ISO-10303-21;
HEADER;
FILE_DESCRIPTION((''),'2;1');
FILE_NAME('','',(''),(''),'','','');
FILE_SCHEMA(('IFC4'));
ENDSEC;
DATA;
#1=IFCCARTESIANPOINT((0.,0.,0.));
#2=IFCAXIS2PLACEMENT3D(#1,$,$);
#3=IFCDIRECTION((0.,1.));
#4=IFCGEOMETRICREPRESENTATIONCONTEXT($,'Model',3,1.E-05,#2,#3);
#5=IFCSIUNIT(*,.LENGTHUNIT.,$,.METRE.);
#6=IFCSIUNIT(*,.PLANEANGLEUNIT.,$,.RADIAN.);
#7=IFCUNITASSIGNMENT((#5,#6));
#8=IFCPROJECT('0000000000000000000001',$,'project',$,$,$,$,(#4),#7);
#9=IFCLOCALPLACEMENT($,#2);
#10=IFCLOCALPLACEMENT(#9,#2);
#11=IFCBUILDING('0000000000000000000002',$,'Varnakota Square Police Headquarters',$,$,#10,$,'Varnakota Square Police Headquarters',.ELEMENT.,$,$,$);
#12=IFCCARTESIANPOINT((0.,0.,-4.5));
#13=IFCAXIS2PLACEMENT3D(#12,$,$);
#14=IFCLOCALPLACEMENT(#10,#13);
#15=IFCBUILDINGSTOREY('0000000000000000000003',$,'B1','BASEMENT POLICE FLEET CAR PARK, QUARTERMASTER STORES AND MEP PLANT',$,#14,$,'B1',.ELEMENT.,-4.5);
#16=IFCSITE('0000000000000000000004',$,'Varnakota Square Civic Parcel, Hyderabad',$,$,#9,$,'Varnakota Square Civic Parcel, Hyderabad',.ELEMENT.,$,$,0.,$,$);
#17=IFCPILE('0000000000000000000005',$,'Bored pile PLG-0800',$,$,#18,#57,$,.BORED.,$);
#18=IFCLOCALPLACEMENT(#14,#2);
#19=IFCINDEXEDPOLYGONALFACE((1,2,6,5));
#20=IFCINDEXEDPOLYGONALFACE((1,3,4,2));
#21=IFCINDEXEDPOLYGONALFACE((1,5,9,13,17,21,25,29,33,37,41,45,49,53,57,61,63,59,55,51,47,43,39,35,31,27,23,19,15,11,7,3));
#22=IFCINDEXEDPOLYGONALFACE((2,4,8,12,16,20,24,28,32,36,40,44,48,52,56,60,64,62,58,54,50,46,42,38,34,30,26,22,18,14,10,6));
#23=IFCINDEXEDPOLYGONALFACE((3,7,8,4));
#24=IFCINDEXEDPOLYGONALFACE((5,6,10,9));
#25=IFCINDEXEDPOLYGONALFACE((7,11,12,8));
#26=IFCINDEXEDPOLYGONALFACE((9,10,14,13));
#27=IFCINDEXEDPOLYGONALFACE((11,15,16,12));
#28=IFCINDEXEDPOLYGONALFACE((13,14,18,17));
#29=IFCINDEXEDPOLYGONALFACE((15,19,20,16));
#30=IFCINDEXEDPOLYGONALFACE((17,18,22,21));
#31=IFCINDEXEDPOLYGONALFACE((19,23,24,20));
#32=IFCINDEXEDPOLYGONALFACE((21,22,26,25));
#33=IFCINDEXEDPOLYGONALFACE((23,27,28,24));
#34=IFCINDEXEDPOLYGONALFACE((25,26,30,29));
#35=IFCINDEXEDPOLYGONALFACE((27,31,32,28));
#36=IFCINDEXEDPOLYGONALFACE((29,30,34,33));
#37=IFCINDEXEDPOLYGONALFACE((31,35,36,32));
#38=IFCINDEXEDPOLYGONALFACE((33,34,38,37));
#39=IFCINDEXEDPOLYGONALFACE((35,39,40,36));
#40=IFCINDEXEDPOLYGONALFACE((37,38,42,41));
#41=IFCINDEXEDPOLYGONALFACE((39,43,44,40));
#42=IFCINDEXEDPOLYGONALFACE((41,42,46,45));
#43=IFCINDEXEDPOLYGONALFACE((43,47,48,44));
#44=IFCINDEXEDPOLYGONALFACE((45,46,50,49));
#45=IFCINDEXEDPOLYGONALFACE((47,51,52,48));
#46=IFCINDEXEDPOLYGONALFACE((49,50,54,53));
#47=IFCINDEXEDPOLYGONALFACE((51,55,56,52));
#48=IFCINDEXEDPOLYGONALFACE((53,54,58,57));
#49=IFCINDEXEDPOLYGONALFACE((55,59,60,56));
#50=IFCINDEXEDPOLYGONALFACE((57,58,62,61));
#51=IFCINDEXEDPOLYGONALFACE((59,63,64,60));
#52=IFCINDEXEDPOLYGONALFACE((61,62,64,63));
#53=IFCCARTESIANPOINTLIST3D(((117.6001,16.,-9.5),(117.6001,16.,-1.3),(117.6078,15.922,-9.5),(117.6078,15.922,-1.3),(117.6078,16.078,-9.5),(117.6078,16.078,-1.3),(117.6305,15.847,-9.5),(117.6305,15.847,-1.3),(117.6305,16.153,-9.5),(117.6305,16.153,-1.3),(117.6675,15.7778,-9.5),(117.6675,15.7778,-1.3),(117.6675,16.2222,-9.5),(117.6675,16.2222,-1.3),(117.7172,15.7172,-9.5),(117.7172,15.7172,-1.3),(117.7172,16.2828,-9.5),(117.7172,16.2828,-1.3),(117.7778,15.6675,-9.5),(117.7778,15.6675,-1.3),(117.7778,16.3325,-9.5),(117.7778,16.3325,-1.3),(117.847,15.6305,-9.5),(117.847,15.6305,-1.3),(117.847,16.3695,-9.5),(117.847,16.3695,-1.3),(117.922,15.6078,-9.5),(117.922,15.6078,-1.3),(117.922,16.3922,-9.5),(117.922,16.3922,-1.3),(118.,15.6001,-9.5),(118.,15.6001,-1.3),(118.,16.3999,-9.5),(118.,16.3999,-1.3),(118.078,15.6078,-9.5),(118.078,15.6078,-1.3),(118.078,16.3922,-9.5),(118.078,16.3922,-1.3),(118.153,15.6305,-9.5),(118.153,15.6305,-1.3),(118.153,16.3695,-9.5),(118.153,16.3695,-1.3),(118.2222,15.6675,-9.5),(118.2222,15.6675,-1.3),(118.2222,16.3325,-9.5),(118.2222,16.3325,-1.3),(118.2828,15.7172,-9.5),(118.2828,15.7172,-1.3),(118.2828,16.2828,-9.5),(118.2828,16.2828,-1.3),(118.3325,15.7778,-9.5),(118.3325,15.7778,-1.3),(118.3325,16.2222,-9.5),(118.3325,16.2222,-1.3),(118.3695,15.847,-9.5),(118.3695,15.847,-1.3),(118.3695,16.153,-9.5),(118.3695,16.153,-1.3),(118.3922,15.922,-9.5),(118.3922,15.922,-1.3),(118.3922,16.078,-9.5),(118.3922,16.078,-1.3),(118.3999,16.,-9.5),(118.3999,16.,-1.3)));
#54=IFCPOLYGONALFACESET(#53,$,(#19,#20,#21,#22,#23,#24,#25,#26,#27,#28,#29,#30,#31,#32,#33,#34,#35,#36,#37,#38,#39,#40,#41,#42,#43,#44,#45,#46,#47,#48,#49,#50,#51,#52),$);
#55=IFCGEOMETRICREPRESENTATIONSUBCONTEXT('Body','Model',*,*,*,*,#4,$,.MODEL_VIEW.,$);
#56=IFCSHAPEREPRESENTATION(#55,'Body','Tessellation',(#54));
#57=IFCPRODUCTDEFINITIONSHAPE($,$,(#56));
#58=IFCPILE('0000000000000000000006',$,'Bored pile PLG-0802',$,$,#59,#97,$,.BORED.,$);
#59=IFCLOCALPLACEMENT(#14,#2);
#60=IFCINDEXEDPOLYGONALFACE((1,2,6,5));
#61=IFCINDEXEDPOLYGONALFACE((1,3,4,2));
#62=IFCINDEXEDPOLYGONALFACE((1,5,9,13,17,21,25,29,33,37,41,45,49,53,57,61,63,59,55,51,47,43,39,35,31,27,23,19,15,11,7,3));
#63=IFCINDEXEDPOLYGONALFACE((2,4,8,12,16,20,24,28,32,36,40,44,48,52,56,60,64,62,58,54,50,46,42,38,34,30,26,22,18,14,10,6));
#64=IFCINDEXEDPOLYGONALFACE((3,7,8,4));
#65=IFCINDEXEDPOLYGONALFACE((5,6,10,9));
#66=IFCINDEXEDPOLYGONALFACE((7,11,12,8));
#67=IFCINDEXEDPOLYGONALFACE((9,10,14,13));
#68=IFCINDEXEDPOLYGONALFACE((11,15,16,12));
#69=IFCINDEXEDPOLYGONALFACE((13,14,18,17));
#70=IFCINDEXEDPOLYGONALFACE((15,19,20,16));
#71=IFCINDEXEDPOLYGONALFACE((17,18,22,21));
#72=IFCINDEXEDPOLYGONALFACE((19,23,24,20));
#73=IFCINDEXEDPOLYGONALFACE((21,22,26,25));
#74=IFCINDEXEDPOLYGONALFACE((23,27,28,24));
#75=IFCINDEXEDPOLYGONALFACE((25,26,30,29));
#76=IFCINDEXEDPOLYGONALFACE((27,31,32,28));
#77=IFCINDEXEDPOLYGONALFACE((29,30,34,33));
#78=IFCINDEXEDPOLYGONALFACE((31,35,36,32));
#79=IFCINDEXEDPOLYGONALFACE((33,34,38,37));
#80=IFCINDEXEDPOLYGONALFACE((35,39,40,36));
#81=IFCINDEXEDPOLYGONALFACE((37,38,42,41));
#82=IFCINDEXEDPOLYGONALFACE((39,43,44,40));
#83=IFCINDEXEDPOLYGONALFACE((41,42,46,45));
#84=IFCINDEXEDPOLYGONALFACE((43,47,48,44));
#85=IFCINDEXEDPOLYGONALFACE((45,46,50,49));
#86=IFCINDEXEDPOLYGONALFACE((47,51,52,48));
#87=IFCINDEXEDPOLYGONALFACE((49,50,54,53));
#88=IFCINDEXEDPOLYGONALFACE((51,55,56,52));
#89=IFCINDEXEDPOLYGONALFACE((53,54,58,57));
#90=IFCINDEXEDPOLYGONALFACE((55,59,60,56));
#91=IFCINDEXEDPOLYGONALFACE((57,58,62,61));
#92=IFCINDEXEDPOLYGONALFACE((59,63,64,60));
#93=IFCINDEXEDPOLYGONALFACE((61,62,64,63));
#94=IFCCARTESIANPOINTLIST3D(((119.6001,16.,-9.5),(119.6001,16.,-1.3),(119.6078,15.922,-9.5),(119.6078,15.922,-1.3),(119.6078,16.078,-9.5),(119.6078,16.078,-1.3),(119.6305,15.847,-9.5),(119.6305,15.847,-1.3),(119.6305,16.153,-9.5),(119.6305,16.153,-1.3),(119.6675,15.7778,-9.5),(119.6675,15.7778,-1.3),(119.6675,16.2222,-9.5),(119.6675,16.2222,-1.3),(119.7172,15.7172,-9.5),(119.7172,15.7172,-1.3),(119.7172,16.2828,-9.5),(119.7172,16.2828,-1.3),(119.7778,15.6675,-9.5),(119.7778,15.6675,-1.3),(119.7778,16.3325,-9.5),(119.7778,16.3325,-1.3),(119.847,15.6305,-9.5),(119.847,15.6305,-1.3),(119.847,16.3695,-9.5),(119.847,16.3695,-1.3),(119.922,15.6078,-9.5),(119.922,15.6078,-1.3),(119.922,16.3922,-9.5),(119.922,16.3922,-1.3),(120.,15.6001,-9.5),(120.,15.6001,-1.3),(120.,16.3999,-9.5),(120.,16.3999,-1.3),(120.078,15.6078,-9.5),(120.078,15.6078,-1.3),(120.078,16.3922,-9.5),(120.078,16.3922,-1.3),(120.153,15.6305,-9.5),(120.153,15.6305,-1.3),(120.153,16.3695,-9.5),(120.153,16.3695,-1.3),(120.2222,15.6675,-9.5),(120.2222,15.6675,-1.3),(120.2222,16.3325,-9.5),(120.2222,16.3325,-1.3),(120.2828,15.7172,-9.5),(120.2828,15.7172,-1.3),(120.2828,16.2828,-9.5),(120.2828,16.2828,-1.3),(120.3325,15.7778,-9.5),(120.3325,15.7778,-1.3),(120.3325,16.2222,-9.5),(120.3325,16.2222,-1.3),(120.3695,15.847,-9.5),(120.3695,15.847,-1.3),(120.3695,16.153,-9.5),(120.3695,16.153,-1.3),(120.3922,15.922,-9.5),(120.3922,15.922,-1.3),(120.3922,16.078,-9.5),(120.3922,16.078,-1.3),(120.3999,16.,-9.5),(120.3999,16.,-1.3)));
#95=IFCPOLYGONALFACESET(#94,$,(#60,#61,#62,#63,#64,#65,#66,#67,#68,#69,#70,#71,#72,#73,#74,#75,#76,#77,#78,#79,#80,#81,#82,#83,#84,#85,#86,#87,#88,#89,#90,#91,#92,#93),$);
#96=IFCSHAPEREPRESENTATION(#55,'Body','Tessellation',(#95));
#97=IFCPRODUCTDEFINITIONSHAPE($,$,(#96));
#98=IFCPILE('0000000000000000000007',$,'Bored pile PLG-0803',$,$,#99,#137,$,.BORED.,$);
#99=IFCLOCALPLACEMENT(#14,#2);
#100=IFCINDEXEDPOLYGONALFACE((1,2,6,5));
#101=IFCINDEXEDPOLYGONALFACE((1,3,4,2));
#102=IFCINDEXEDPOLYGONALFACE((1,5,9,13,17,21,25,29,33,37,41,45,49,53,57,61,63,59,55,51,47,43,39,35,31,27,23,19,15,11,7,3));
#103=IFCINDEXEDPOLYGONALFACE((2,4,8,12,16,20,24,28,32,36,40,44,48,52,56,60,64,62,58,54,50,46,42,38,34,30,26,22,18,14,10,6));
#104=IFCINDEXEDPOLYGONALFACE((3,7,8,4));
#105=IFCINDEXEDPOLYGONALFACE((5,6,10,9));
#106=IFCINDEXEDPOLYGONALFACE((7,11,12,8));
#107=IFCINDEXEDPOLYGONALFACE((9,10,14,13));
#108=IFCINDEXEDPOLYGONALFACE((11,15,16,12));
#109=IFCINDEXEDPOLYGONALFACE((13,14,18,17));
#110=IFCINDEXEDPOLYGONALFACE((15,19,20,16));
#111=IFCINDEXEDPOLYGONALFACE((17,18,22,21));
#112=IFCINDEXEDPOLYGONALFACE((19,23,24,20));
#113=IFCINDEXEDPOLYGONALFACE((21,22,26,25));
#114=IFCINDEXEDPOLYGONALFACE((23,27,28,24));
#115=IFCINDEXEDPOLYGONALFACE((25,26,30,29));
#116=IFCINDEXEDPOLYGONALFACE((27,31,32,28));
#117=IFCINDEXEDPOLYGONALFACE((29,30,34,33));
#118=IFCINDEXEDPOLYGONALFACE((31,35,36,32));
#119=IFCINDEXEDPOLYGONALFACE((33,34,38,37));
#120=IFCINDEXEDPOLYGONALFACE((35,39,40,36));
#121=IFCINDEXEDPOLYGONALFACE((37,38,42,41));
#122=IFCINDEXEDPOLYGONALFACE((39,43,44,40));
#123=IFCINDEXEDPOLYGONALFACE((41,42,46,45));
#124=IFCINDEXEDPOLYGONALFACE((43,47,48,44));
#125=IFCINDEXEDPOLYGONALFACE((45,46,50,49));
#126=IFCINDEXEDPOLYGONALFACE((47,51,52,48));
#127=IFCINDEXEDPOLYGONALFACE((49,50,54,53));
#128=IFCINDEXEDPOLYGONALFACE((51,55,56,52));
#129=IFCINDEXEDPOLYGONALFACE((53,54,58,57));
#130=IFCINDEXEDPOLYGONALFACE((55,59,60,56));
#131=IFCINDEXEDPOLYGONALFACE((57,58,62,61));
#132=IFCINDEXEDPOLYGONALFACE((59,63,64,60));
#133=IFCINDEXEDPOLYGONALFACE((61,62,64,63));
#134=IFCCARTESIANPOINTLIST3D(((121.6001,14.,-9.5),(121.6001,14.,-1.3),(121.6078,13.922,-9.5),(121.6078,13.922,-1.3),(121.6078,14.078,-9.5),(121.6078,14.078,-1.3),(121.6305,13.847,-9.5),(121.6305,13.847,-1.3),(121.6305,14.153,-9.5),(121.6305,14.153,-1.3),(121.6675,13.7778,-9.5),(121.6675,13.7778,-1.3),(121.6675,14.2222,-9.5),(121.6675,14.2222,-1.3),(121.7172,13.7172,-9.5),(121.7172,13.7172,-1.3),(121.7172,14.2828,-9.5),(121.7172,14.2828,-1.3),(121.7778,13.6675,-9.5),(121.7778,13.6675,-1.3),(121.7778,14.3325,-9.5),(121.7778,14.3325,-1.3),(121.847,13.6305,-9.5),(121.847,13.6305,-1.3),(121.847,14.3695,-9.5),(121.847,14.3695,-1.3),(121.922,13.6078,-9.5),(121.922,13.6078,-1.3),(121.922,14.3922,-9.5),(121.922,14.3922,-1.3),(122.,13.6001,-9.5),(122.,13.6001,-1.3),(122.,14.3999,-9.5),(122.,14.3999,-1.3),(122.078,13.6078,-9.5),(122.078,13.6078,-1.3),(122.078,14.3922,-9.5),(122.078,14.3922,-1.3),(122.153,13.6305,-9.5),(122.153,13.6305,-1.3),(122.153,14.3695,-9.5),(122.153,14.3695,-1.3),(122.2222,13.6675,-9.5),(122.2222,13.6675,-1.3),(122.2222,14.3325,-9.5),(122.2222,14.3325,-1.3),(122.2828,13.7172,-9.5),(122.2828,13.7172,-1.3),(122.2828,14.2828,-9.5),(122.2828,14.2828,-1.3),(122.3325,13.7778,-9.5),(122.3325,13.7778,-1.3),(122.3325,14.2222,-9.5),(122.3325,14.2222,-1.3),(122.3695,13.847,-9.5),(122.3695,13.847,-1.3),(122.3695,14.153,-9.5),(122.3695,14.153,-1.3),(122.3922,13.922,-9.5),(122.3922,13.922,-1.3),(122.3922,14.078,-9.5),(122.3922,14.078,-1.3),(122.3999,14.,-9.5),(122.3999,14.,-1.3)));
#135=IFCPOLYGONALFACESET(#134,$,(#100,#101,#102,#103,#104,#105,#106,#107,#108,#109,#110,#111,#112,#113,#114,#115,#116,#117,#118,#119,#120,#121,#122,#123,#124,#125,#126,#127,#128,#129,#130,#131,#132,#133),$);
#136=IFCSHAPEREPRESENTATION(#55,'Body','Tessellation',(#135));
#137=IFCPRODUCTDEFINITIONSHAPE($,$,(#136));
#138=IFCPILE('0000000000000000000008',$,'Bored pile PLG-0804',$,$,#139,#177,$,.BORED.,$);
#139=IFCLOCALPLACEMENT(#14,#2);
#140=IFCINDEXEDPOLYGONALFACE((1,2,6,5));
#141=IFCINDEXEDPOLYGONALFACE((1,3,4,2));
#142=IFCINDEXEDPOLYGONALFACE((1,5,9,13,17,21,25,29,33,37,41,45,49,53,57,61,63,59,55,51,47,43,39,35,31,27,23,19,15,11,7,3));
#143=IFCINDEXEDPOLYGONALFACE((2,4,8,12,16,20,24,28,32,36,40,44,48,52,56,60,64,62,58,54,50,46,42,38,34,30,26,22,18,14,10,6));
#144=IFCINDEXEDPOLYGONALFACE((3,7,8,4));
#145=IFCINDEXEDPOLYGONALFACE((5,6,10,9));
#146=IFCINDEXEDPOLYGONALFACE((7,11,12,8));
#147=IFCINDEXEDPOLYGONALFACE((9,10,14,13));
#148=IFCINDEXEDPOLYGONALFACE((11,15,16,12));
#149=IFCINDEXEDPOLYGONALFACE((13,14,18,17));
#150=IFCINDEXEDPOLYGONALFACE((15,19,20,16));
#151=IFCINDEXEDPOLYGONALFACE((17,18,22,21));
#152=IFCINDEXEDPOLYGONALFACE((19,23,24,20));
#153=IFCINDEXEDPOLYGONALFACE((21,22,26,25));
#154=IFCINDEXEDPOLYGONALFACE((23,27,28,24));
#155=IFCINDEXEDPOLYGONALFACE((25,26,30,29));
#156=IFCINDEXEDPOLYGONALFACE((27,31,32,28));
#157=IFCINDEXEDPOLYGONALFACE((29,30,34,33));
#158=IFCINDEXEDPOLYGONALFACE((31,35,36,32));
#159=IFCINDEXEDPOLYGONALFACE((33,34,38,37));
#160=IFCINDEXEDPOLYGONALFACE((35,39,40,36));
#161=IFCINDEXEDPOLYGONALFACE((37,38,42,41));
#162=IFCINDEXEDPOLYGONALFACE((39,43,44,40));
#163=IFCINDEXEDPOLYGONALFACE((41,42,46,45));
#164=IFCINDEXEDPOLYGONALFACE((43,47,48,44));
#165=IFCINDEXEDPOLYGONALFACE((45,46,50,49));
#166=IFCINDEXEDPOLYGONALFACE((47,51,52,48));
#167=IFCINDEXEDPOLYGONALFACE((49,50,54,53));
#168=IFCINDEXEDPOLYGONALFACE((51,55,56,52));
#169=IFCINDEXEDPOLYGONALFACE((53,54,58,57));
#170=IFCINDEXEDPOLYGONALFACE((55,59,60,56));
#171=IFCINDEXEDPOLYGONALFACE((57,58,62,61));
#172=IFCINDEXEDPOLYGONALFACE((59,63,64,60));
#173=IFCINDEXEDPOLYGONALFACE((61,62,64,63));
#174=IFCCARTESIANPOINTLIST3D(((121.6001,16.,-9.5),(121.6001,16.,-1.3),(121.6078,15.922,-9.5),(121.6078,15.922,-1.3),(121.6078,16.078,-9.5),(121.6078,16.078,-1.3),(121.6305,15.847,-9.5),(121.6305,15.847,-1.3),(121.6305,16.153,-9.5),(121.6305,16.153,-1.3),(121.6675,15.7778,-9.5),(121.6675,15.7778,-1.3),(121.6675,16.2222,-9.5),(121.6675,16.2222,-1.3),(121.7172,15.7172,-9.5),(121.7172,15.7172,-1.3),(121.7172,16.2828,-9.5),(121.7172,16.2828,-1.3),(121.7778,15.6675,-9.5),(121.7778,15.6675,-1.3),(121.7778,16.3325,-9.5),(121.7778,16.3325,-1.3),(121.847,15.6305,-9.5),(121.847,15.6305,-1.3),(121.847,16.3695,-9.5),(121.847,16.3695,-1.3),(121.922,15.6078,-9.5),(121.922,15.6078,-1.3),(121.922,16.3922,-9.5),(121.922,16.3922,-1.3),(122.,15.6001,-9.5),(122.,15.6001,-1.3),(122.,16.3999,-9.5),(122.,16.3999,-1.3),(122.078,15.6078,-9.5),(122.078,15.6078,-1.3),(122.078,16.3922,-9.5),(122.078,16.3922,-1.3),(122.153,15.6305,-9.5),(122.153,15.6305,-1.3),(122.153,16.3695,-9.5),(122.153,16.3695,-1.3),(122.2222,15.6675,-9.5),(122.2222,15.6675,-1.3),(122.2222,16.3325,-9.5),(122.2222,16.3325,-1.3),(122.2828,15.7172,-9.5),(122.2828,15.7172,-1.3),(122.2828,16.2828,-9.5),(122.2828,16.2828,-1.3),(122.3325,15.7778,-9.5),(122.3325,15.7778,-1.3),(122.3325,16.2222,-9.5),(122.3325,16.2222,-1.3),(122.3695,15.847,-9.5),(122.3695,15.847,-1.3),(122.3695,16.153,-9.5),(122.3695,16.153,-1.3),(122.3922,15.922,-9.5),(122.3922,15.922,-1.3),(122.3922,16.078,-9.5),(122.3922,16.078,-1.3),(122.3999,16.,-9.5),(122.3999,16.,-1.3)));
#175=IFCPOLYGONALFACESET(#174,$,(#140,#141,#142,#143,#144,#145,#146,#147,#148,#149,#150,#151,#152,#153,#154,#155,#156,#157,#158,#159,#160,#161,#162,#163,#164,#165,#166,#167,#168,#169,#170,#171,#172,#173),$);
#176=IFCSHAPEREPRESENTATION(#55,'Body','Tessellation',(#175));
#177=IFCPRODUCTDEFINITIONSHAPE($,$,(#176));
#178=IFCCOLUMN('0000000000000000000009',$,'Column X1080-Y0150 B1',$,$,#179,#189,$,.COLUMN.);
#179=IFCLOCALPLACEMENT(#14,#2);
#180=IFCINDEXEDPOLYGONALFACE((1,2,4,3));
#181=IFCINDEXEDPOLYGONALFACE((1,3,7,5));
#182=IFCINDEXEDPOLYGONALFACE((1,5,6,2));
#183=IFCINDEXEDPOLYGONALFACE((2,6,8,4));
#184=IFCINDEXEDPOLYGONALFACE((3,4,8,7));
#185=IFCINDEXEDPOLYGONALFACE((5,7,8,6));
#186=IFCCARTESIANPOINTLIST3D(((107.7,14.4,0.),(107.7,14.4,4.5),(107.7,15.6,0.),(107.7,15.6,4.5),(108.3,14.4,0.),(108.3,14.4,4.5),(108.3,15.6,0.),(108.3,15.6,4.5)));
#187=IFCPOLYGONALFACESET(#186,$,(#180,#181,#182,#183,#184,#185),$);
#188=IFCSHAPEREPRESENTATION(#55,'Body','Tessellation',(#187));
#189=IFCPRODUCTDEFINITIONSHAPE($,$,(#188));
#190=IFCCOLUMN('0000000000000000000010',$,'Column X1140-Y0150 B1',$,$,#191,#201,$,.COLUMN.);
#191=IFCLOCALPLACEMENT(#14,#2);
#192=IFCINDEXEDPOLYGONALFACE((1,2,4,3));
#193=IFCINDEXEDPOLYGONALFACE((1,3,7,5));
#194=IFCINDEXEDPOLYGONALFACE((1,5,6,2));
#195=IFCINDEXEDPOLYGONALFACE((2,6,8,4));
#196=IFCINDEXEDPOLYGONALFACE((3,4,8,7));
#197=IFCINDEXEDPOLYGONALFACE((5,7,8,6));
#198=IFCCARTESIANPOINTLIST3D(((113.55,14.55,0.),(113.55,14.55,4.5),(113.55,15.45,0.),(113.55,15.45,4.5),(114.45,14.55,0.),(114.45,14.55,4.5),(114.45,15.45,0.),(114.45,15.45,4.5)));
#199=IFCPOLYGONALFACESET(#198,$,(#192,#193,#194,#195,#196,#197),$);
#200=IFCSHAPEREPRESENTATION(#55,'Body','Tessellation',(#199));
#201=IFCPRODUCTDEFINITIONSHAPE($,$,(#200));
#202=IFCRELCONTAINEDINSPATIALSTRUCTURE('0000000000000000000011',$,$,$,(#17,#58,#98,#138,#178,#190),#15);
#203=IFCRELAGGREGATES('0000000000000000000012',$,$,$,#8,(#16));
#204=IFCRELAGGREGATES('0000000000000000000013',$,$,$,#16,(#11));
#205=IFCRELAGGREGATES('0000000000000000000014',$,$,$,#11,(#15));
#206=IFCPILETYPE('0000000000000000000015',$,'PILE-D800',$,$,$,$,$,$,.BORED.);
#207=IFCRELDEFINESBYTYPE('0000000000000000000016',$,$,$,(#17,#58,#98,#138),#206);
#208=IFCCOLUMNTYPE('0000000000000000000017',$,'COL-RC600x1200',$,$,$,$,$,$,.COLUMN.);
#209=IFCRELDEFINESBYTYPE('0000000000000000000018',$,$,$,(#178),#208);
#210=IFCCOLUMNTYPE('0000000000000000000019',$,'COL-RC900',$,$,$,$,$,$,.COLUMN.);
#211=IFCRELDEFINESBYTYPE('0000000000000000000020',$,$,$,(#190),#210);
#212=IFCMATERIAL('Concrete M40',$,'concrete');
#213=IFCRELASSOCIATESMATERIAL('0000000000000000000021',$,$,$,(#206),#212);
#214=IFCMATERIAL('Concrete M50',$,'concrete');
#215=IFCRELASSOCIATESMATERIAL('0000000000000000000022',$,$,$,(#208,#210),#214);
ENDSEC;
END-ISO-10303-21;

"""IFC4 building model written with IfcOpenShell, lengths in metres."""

from ifc_helpers import new_model, si_unit, direction, frame, origin, origin_2d, place, context, subcontext, project, spatial, rectangle, circle, extrude, material, material_profile, profile_set, type_object, element, save


model = new_model("IFC4")

# Units and contexts
model_context = context("Model", 3, precision=1e-05, world=origin(), true_north=direction((0.0, 1.0)))
body_context = subcontext(model_context, "Body", "Model", "MODEL_VIEW")
ifc_project = project(units=[si_unit("LENGTHUNIT", "METRE"), si_unit("PLANEANGLEUNIT", "RADIAN")], contexts=[model_context])

# Site, building, storey
site_placement = place(None, origin())
site = spatial("IfcSite", under=ifc_project, at=site_placement, Name="Varnakota Square Civic Parcel, Hyderabad", LongName="Varnakota Square Civic Parcel, Hyderabad", CompositionType="ELEMENT", RefElevation=0.0)
building_placement = place(site_placement, origin())
building = spatial("IfcBuilding", under=site, at=building_placement, Name="Varnakota Square Police Headquarters", LongName="Varnakota Square Police Headquarters", CompositionType="ELEMENT")
storey_placement = place(building_placement, frame((0.0, 0.0, -4.5)))
storey = spatial("IfcBuildingStorey", under=building, at=storey_placement, Name="B1", Description="BASEMENT POLICE FLEET CAR PARK, QUARTERMASTER STORES AND MEP PLANT", LongName="B1", CompositionType="ELEMENT", Elevation=-4.5)

# Shared definitions
ifc_material_1 = material(Name="Concrete M50", Category="concrete")

# Piles
ifc_material_2 = material(Name="Concrete M40", Category="concrete")
ifc_material_profile_1 = material_profile(ifc_material_2, circle(Radius=0.3999, at=origin_2d()), Name="BORED PILE 800")
ifc_profile_set_1 = profile_set([ifc_material_profile_1], Name="Concrete M40")
pile_type = type_object("IfcPileType", Name="PILE-D800", PredefinedType="BORED", material=ifc_profile_set_1)
for number, where, z_axis, x_axis, name in (
    (1, (118.0, 16.0, -1.3), (0.0, 0.0, -1.0), (1.0, 0.0, 0.0), "Bored pile PLG-0800"),
    (2, (120.0, 16.0, -1.3), (0.0, 0.0, -1.0), (1.0, 0.0, 0.0), "Bored pile PLG-0802"),
    (3, (122.0, 14.0, -1.3), (0.0, 0.0, -1.0), (1.0, 0.0, 0.0), "Bored pile PLG-0803"),
    (4, (122.0, 16.0, -1.3), (0.0, 0.0, -1.0), (1.0, 0.0, 0.0), "Bored pile PLG-0804"),
):
    element("IfcPile", number, at=place(storey_placement, frame(where, z_axis=z_axis, x_axis=x_axis)), inside=storey, type_object=pile_type, Name=name, PredefinedType="BORED", context=body_context, shape_type="SweptSolid", body=[
        extrude(circle(Radius=0.3999, at=origin_2d()), origin(), (0.0, 0.0, 1.0), 8.2),
    ])

# Columns
ifc_material_profile_2 = material_profile(ifc_material_1, rectangle(XDim=0.6001, YDim=1.2, at=origin_2d()), Name="RC 600x1200")
ifc_profile_set_2 = profile_set([ifc_material_profile_2], Name="Concrete M50")
column_type_1 = type_object("IfcColumnType", Name="COL-RC600x1200", PredefinedType="COLUMN", material=ifc_profile_set_2)
column_placement = place(storey_placement, frame((108.0, 15.0, 0.0), z_axis=(0.0, 0.0, 1.0), x_axis=(1.0, 0.0, 0.0)))
element("IfcColumn", 5, at=column_placement, inside=storey, type_object=column_type_1, Name="Column X1080-Y0150 B1", PredefinedType="COLUMN", context=body_context, shape_type="SweptSolid", body=[
    extrude(rectangle(XDim=0.6001, YDim=1.2, at=origin_2d()), origin(), (0.0, 0.0, 1.0), 4.5),
])
ifc_material_profile_3 = material_profile(ifc_material_1, rectangle(XDim=0.8999, YDim=0.8999, at=origin_2d()), Name="RC 900x900")
ifc_profile_set_3 = profile_set([ifc_material_profile_3], Name="Concrete M50")
column_type_2 = type_object("IfcColumnType", Name="COL-RC900", PredefinedType="COLUMN", material=ifc_profile_set_3)
for number, where, z_axis, x_axis, name in (
    (6, (114.0, 15.0, 0.0), (0.0, 0.0, 1.0), (1.0, 0.0, 0.0), "Column X1140-Y0150 B1"),
):
    element("IfcColumn", number, at=place(storey_placement, frame(where, z_axis=z_axis, x_axis=x_axis)), inside=storey, type_object=column_type_2, Name=name, PredefinedType="COLUMN", context=body_context, shape_type="SweptSolid", body=[
        extrude(rectangle(XDim=0.8999, YDim=0.8999, at=origin_2d()), origin(), (0.0, 0.0, 1.0), 4.5),
    ])

save(model, "model.ifc")
